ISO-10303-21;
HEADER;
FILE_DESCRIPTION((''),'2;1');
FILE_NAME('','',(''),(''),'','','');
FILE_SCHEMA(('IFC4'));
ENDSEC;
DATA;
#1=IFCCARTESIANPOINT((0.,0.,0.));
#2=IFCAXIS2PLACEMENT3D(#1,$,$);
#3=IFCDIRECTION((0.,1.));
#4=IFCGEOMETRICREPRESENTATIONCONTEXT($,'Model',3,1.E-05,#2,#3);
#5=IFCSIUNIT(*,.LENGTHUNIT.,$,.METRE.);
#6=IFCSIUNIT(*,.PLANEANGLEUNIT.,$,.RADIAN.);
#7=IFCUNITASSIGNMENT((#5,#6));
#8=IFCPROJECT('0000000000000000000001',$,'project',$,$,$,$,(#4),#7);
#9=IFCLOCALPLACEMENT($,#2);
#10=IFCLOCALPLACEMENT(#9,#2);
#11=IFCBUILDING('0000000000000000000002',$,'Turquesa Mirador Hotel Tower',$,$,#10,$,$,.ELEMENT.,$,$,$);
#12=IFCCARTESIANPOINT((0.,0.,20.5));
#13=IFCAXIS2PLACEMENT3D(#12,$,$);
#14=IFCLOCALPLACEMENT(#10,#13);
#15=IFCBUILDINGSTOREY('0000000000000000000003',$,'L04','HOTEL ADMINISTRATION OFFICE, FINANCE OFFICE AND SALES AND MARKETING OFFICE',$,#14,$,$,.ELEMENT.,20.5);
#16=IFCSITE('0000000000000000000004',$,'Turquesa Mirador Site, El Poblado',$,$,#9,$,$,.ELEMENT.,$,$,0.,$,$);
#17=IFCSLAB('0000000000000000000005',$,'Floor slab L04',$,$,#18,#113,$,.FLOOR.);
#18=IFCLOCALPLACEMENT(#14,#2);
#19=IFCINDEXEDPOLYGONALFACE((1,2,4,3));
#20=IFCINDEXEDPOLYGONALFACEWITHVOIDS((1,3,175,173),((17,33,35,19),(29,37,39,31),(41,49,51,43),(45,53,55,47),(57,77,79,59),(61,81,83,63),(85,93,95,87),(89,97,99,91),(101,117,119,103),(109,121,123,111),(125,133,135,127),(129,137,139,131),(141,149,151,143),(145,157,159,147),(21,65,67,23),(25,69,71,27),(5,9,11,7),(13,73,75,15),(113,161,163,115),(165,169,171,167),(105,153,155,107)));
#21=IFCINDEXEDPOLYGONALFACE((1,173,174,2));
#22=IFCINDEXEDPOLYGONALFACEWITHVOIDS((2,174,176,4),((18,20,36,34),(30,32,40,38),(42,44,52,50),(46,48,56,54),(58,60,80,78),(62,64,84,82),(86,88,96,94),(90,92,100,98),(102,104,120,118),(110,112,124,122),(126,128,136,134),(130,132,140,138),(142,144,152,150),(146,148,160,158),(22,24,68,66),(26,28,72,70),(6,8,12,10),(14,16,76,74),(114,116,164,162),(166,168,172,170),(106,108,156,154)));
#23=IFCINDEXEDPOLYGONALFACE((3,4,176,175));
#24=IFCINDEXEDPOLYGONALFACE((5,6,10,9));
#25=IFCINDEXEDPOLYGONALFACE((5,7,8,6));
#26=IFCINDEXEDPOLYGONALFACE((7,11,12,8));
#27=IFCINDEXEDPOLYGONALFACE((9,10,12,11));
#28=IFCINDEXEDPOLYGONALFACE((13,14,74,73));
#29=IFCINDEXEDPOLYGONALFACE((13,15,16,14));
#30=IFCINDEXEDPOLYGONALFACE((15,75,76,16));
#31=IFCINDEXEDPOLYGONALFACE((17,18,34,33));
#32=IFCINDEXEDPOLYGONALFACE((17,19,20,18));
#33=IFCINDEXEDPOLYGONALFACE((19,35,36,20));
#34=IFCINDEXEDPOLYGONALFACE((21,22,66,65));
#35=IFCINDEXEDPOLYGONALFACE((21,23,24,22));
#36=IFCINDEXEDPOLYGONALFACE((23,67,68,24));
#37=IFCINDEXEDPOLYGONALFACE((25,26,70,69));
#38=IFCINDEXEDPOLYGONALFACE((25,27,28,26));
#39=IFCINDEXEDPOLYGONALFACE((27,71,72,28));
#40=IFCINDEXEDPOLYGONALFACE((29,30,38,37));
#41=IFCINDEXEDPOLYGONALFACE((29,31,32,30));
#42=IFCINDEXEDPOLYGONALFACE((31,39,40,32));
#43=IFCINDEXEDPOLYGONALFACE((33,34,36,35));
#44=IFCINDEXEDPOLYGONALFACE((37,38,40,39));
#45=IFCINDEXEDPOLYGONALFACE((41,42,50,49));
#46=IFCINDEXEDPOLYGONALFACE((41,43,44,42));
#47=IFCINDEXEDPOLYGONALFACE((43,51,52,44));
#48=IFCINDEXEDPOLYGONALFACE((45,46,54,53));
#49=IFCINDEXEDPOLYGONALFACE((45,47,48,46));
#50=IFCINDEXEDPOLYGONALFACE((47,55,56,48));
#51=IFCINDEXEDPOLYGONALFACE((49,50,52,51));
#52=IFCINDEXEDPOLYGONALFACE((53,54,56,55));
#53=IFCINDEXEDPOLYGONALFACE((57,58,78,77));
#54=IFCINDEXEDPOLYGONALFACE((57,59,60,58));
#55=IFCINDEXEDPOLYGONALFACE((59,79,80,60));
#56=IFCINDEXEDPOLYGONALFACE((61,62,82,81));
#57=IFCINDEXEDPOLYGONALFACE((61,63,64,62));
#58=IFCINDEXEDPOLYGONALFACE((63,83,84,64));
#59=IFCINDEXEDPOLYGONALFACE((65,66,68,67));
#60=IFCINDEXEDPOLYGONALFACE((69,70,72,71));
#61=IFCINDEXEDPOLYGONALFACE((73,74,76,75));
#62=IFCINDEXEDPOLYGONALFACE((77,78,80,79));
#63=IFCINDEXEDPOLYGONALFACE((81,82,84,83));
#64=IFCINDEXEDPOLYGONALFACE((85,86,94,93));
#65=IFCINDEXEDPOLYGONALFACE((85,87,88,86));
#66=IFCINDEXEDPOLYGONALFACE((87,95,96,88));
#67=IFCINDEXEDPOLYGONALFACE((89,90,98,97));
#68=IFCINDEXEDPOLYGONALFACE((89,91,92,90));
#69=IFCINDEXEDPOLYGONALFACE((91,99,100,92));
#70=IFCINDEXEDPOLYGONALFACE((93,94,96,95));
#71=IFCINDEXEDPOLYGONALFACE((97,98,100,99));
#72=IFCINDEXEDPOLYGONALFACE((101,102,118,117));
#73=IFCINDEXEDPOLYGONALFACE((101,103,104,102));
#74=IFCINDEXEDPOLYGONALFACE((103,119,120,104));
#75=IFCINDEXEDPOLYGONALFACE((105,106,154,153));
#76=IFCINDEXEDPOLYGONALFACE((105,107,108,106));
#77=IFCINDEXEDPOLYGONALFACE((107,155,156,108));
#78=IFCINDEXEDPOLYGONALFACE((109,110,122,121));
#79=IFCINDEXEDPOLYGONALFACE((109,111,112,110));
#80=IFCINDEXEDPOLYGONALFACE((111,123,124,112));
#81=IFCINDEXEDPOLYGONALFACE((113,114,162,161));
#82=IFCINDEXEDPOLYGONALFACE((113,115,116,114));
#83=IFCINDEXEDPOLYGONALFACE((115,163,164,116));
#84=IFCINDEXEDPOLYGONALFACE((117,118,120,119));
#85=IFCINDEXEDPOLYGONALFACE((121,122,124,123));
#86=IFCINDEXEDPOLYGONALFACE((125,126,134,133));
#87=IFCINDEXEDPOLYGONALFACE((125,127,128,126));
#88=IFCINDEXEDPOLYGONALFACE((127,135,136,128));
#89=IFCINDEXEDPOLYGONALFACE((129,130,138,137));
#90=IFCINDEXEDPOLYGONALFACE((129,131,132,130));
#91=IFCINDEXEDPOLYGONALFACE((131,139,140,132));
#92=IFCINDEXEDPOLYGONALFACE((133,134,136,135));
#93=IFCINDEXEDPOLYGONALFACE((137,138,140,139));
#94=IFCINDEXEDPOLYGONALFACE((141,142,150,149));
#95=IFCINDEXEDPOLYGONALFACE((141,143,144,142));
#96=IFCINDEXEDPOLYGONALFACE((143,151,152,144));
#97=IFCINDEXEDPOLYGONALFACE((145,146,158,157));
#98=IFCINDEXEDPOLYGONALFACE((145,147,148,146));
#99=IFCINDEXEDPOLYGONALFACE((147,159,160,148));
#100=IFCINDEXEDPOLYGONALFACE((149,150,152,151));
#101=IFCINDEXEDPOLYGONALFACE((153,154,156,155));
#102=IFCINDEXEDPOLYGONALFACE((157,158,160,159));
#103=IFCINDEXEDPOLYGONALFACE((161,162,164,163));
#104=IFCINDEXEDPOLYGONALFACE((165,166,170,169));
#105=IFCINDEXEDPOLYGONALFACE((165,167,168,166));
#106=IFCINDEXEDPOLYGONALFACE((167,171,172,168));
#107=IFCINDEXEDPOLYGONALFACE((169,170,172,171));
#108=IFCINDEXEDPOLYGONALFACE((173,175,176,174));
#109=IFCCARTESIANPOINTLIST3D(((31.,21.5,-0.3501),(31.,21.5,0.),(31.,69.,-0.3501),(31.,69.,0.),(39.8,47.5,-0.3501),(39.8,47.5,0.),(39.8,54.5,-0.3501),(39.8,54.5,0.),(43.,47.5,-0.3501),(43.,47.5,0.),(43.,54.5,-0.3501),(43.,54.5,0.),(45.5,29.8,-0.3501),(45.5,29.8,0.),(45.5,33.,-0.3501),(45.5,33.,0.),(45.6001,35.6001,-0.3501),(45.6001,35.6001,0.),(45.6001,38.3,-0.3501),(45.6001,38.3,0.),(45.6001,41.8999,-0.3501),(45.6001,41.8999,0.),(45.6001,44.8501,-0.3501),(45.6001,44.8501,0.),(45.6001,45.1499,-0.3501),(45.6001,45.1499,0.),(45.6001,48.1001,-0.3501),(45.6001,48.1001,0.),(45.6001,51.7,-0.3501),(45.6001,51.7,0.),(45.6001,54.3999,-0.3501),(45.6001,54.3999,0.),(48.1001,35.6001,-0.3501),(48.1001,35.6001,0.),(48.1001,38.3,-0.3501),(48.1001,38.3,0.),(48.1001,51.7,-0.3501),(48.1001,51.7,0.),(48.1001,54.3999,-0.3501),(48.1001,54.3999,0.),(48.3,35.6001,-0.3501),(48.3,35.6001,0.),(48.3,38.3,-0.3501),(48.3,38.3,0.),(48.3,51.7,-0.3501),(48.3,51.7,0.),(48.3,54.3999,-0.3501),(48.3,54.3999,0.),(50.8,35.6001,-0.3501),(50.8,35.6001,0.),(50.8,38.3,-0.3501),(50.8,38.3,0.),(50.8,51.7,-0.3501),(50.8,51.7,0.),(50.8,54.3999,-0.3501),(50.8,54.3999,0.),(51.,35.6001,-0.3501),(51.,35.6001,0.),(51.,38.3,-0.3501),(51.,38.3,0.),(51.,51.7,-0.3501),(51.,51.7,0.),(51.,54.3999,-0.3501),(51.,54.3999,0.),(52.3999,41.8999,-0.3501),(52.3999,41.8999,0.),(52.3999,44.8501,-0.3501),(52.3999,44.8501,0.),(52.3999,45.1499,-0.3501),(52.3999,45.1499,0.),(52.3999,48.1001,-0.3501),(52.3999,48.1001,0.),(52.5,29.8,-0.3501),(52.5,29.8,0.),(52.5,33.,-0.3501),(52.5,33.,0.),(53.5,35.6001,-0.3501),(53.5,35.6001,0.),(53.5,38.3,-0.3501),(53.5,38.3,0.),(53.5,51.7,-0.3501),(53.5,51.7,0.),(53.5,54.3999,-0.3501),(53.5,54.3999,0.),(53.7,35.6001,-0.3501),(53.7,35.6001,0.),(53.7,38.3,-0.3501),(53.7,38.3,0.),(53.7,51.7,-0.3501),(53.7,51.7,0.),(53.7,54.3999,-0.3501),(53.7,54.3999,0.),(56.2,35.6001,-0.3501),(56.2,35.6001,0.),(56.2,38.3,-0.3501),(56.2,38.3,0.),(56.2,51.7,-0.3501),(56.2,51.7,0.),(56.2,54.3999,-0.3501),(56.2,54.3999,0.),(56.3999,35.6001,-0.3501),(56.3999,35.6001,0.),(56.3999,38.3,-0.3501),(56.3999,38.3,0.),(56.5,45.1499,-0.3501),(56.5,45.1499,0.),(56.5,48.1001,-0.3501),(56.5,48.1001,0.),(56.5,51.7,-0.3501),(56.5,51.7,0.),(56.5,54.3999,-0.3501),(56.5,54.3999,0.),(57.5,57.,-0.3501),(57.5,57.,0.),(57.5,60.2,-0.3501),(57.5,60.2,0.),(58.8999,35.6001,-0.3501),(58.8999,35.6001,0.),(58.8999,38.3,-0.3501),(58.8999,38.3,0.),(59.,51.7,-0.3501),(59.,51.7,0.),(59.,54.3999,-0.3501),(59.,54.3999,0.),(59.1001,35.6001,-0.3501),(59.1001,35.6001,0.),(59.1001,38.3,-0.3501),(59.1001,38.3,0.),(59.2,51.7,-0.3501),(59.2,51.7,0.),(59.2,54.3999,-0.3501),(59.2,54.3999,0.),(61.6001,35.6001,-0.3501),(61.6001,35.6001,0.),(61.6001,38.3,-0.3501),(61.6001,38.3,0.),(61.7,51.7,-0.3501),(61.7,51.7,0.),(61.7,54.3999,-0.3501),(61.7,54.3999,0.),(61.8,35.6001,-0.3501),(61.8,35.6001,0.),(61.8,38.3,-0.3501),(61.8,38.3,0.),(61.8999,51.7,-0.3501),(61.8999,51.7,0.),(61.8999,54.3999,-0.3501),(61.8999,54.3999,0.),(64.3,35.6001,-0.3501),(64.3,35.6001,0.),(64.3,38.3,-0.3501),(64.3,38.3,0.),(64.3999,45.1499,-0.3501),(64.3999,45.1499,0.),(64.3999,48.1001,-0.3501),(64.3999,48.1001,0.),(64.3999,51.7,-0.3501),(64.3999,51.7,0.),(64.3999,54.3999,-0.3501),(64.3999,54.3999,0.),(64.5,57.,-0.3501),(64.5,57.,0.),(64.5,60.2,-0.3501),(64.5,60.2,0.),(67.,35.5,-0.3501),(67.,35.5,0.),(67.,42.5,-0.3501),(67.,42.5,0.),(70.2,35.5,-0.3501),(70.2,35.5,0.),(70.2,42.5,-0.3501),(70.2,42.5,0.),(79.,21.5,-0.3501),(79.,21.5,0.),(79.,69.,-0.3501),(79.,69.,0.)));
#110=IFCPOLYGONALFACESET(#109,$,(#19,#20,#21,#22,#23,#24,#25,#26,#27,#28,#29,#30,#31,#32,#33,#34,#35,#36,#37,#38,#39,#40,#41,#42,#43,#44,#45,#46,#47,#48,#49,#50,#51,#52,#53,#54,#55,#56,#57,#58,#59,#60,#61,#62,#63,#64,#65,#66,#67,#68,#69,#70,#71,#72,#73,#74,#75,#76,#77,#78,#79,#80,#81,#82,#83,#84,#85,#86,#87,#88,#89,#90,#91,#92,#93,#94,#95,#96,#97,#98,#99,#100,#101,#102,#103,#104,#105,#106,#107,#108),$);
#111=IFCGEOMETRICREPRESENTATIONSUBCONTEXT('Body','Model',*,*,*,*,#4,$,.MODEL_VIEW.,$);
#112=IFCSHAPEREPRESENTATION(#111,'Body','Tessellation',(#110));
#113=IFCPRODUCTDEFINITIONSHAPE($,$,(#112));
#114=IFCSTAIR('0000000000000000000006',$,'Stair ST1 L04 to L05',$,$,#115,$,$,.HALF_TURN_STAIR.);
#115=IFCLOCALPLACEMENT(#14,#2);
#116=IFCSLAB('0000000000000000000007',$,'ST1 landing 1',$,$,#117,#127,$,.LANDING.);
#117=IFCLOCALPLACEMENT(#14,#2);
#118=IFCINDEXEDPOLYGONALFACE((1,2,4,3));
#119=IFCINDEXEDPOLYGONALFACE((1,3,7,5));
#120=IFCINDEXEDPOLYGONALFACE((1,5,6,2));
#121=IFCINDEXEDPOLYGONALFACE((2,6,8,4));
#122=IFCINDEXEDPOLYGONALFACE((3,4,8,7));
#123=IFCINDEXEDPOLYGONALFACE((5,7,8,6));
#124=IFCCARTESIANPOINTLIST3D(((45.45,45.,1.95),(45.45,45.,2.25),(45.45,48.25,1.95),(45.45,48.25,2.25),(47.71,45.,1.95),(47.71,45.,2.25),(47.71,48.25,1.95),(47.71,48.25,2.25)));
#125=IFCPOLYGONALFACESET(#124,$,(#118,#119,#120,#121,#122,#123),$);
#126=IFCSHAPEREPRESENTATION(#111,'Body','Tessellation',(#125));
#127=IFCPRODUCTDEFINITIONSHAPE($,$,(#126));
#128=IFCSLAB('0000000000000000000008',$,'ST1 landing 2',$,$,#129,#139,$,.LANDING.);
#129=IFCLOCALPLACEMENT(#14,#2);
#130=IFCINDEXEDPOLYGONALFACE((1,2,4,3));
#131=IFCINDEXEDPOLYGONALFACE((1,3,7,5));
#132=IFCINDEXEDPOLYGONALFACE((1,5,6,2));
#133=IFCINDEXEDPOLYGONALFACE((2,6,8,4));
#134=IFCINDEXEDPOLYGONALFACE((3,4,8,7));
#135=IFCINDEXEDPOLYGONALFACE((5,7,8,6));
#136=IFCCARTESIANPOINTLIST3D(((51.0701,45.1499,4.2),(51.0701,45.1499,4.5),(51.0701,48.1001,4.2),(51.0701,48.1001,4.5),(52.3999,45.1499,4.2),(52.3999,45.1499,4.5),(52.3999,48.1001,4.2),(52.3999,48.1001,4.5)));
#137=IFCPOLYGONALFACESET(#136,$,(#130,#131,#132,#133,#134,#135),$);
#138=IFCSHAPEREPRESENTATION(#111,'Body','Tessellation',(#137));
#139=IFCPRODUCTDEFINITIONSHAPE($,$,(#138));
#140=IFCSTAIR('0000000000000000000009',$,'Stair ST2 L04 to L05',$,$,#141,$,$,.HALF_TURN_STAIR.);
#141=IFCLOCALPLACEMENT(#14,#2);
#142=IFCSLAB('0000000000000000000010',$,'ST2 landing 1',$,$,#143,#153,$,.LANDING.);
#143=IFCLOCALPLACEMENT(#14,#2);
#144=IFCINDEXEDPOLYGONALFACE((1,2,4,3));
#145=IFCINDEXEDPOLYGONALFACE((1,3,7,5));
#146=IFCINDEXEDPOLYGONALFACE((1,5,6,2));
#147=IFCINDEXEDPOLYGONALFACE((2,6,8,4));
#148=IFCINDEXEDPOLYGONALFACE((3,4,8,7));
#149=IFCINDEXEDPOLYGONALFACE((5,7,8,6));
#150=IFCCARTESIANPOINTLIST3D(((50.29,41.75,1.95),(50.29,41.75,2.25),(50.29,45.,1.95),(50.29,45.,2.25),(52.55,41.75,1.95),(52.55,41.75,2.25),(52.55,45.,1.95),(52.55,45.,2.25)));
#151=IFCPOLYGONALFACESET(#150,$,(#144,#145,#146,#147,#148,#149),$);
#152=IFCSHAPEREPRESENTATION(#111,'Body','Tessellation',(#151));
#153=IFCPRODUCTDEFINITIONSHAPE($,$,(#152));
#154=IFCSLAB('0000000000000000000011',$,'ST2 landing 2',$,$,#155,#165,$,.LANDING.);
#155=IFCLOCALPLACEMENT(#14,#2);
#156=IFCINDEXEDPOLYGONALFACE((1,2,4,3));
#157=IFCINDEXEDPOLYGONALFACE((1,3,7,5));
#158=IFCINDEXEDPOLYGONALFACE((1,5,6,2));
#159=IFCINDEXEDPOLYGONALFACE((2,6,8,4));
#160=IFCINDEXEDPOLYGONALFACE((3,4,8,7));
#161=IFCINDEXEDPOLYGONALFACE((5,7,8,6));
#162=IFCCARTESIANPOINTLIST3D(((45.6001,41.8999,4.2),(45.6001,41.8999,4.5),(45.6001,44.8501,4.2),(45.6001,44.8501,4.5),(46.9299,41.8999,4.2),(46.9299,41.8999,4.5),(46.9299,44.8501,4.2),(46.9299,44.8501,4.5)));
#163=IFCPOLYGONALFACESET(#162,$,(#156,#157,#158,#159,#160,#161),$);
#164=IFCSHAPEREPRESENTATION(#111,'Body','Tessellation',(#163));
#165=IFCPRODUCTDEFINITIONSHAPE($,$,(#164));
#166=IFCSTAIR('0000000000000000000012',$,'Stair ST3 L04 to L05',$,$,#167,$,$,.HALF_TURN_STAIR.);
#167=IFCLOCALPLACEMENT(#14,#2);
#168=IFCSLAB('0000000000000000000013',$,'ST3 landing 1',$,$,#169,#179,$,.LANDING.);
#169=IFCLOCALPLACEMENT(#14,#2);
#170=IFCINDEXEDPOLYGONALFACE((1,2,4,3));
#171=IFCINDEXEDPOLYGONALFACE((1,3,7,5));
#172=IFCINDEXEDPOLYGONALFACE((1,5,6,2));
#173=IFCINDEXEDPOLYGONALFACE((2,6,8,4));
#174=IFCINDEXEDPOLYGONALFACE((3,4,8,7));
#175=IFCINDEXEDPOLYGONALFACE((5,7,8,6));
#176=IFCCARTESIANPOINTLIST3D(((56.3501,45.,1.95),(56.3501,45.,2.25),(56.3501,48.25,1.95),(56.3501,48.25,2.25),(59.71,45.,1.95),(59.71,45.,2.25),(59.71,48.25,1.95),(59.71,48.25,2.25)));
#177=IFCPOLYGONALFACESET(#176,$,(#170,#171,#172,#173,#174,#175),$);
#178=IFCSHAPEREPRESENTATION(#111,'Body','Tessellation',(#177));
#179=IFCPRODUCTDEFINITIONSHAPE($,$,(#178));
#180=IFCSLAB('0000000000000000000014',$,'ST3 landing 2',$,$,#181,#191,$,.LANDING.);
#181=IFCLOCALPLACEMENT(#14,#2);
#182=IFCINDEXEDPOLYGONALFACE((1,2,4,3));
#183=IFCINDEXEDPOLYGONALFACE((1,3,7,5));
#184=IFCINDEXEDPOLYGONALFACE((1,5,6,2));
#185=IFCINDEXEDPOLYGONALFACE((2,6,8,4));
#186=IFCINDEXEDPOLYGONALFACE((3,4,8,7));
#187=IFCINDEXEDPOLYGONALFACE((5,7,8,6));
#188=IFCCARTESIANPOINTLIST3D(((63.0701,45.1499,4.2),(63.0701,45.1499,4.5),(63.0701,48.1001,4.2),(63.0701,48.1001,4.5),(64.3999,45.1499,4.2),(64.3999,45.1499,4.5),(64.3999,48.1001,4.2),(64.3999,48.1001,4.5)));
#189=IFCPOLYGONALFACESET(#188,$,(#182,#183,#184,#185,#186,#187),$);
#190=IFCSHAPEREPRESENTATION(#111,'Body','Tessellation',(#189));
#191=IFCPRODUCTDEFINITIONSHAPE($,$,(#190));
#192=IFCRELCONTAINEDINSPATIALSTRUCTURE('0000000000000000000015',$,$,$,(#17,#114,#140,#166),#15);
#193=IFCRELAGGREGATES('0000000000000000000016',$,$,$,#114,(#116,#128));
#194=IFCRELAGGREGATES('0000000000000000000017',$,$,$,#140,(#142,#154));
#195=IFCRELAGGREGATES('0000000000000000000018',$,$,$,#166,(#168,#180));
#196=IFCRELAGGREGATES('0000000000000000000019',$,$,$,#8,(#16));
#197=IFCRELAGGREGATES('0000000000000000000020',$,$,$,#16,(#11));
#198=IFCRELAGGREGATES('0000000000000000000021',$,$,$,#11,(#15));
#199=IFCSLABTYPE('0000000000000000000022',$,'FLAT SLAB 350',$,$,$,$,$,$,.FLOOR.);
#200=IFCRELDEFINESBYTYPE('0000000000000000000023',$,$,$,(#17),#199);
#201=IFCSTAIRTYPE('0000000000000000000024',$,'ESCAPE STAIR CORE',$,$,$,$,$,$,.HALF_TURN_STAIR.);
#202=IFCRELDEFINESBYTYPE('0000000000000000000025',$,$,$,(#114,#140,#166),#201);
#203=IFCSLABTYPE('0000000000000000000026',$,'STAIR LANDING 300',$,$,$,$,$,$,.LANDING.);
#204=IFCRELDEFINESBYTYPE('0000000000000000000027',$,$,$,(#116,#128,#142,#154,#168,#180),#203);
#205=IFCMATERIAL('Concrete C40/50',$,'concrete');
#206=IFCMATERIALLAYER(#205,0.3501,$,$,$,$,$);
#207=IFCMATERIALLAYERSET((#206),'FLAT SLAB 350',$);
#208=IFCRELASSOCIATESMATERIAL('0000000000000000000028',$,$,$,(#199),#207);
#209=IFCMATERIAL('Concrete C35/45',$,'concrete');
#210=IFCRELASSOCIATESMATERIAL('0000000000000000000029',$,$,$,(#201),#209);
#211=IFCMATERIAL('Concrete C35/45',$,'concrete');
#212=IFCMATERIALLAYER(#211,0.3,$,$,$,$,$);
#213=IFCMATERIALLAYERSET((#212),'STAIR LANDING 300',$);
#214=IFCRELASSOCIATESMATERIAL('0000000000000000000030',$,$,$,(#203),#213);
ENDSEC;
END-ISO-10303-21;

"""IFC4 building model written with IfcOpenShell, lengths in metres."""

from ifc_helpers import new_model, si_unit, direction, frame, origin, place, context, subcontext, project, spatial, polyline, outline, extrude, material, layer, layer_set, type_object, element, aggregate, save


model = new_model("IFC4")

# Units and contexts
model_context = context("Model", 3, precision=1e-05, world=origin(), true_north=direction((0.0, 1.0)))
body_context = subcontext(model_context, "Body", "Model", "MODEL_VIEW")
ifc_project = project(units=[si_unit("LENGTHUNIT", "METRE"), si_unit("PLANEANGLEUNIT", "RADIAN")], contexts=[model_context])

# Site, building, storey
site_placement = place(None, origin())
site = spatial("IfcSite", under=ifc_project, at=site_placement, Name="Turquesa Mirador Site, El Poblado", CompositionType="ELEMENT", RefElevation=0.0)
building_placement = place(site_placement, origin())
building = spatial("IfcBuilding", under=site, at=building_placement, Name="Turquesa Mirador Hotel Tower", CompositionType="ELEMENT")
storey_placement = place(building_placement, frame((0.0, 0.0, 20.5)))
storey = spatial("IfcBuildingStorey", under=building, at=storey_placement, Name="L04", Description="HOTEL ADMINISTRATION OFFICE, FINANCE OFFICE AND SALES AND MARKETING OFFICE", CompositionType="ELEMENT", Elevation=20.5)

# Slab
ifc_material_1 = material(Name="Concrete C40/50", Category="concrete")
ifc_layer_1 = layer(ifc_material_1, 0.3501)
ifc_layer_set_1 = layer_set([ifc_layer_1], Name="FLAT SLAB 350")
slab_type_1 = type_object("IfcSlabType", Name="FLAT SLAB 350", PredefinedType="FLOOR", material=ifc_layer_set_1)
slab_1_placement = place(storey_placement, frame((0.0, 0.0, -0.3501)))
element("IfcSlab", 1, at=slab_1_placement, inside=storey, type_object=slab_type_1, Name="Floor slab L04", PredefinedType="FLOOR", context=body_context, shape_type="SweptSolid", body=[
    extrude(outline(polyline([(31.0, 21.5), (79.0, 21.5), (79.0, 69.0), (31.0, 69.0), (31.0, 21.5)]), holes=[polyline([(45.6001, 51.7), (48.1001, 51.7), (48.1001, 54.3999), (45.6001, 54.3999), (45.6001, 51.7)]), polyline([(48.3, 51.7), (50.8, 51.7), (50.8, 54.3999), (48.3, 54.3999), (48.3, 51.7)]), polyline([(51.0, 51.7), (53.5, 51.7), (53.5, 54.3999), (51.0, 54.3999), (51.0, 51.7)]), polyline([(53.7, 51.7), (56.2, 51.7), (56.2, 54.3999), (53.7, 54.3999), (53.7, 51.7)]), polyline([(56.5, 51.7), (59.0, 51.7), (59.0, 54.3999), (56.5, 54.3999), (56.5, 51.7)]), polyline([(59.2, 51.7), (61.7, 51.7), (61.7, 54.3999), (59.2, 54.3999), (59.2, 51.7)]), polyline([(45.6001, 35.6001), (48.1001, 35.6001), (48.1001, 38.3), (45.6001, 38.3), (45.6001, 35.6001)]), polyline([(48.3, 35.6001), (50.8, 35.6001), (50.8, 38.3), (48.3, 38.3), (48.3, 35.6001)]), polyline([(51.0, 35.6001), (53.5, 35.6001), (53.5, 38.3), (51.0, 38.3), (51.0, 35.6001)]), polyline([(53.7, 35.6001), (56.2, 35.6001), (56.2, 38.3), (53.7, 38.3), (53.7, 35.6001)]), polyline([(56.3999, 35.6001), (58.8999, 35.6001), (58.8999, 38.3), (56.3999, 38.3), (56.3999, 35.6001)]), polyline([(59.1001, 35.6001), (61.6001, 35.6001), (61.6001, 38.3), (59.1001, 38.3), (59.1001, 35.6001)]), polyline([(61.8, 35.6001), (64.3, 35.6001), (64.3, 38.3), (61.8, 38.3), (61.8, 35.6001)]), polyline([(45.6001, 45.1499), (52.3999, 45.1499), (52.3999, 48.1001), (45.6001, 48.1001), (45.6001, 45.1499)]), polyline([(45.6001, 41.8999), (52.3999, 41.8999), (52.3999, 44.8501), (45.6001, 44.8501), (45.6001, 41.8999)]), polyline([(56.5, 45.1499), (64.3999, 45.1499), (64.3999, 48.1001), (56.5, 48.1001), (56.5, 45.1499)]), polyline([(61.8999, 51.7), (64.3999, 51.7), (64.3999, 54.3999), (61.8999, 54.3999), (61.8999, 51.7)]), polyline([(57.5, 57.0), (64.5, 57.0), (64.5, 60.2), (57.5, 60.2), (57.5, 57.0)]), polyline([(45.5, 29.8), (52.5, 29.8), (52.5, 33.0), (45.5, 33.0), (45.5, 29.8)]), polyline([(67.0, 35.5), (70.2, 35.5), (70.2, 42.5), (67.0, 42.5), (67.0, 35.5)]), polyline([(39.8, 47.5), (43.0, 47.5), (43.0, 54.5), (39.8, 54.5), (39.8, 47.5)])]), origin(), (0.0, 0.0, 1.0), 0.3501),
])

# Stairs, slabs
ifc_material_2 = material(Name="Concrete C35/45", Category="concrete")
stair_type = type_object("IfcStairType", Name="ESCAPE STAIR CORE", PredefinedType="HALF_TURN_STAIR", material=ifc_material_2)
stair_1_placement = place(storey_placement, origin())
stair_1 = element("IfcStair", 2, at=stair_1_placement, inside=storey, type_object=stair_type, Name="Stair ST1 L04 to L05", PredefinedType="HALF_TURN_STAIR")
ifc_material_3 = material(Name="Concrete C35/45", Category="concrete")
ifc_layer_2 = layer(ifc_material_3, 0.3)
ifc_layer_set_2 = layer_set([ifc_layer_2], Name="STAIR LANDING 300")
slab_type_2 = type_object("IfcSlabType", Name="STAIR LANDING 300", PredefinedType="LANDING", material=ifc_layer_set_2)
slab_2_placement = place(storey_placement, frame((0.0, 0.0, 1.95)))
slab_2 = element("IfcSlab", 3, at=slab_2_placement, type_object=slab_type_2, Name="ST1 landing 1", PredefinedType="LANDING", context=body_context, shape_type="SweptSolid", body=[
    extrude(outline(polyline([(45.45, 45.0), (47.71, 45.0), (47.71, 48.25), (45.45, 48.25), (45.45, 45.0)])), origin(), (0.0, 0.0, 1.0), 0.3),
])
slab_3_placement = place(storey_placement, frame((0.0, 0.0, 4.2)))
slab_3 = element("IfcSlab", 4, at=slab_3_placement, type_object=slab_type_2, Name="ST1 landing 2", PredefinedType="LANDING", context=body_context, shape_type="SweptSolid", body=[
    extrude(outline(polyline([(51.0701, 45.1499), (52.3999, 45.1499), (52.3999, 48.1001), (51.0701, 48.1001), (51.0701, 45.1499)])), origin(), (0.0, 0.0, 1.0), 0.3),
])
aggregate(stair_1, [slab_2, slab_3])
stair_2_placement = place(storey_placement, origin())
stair_2 = element("IfcStair", 5, at=stair_2_placement, inside=storey, type_object=stair_type, Name="Stair ST2 L04 to L05", PredefinedType="HALF_TURN_STAIR")
slab_4_placement = place(storey_placement, frame((0.0, 0.0, 1.95)))
slab_4 = element("IfcSlab", 6, at=slab_4_placement, type_object=slab_type_2, Name="ST2 landing 1", PredefinedType="LANDING", context=body_context, shape_type="SweptSolid", body=[
    extrude(outline(polyline([(52.55, 45.0), (50.29, 45.0), (50.29, 41.75), (52.55, 41.75), (52.55, 45.0)])), origin(), (0.0, 0.0, 1.0), 0.3),
])
slab_5_placement = place(storey_placement, frame((0.0, 0.0, 4.2)))
slab_5 = element("IfcSlab", 7, at=slab_5_placement, type_object=slab_type_2, Name="ST2 landing 2", PredefinedType="LANDING", context=body_context, shape_type="SweptSolid", body=[
    extrude(outline(polyline([(46.9299, 44.8501), (45.6001, 44.8501), (45.6001, 41.8999), (46.9299, 41.8999), (46.9299, 44.8501)])), origin(), (0.0, 0.0, 1.0), 0.3),
])
aggregate(stair_2, [slab_4, slab_5])
stair_3_placement = place(storey_placement, origin())
stair_3 = element("IfcStair", 8, at=stair_3_placement, inside=storey, type_object=stair_type, Name="Stair ST3 L04 to L05", PredefinedType="HALF_TURN_STAIR")
slab_6_placement = place(storey_placement, frame((0.0, 0.0, 1.95)))
slab_6 = element("IfcSlab", 9, at=slab_6_placement, type_object=slab_type_2, Name="ST3 landing 1", PredefinedType="LANDING", context=body_context, shape_type="SweptSolid", body=[
    extrude(outline(polyline([(56.3501, 45.0), (59.71, 45.0), (59.71, 48.25), (56.3501, 48.25), (56.3501, 45.0)])), origin(), (0.0, 0.0, 1.0), 0.3),
])
slab_7_placement = place(storey_placement, frame((0.0, 0.0, 4.2)))
slab_7 = element("IfcSlab", 10, at=slab_7_placement, type_object=slab_type_2, Name="ST3 landing 2", PredefinedType="LANDING", context=body_context, shape_type="SweptSolid", body=[
    extrude(outline(polyline([(63.0701, 45.1499), (64.3999, 45.1499), (64.3999, 48.1001), (63.0701, 48.1001), (63.0701, 45.1499)])), origin(), (0.0, 0.0, 1.0), 0.3),
])
aggregate(stair_3, [slab_6, slab_7])

save(model, "model.ifc")
